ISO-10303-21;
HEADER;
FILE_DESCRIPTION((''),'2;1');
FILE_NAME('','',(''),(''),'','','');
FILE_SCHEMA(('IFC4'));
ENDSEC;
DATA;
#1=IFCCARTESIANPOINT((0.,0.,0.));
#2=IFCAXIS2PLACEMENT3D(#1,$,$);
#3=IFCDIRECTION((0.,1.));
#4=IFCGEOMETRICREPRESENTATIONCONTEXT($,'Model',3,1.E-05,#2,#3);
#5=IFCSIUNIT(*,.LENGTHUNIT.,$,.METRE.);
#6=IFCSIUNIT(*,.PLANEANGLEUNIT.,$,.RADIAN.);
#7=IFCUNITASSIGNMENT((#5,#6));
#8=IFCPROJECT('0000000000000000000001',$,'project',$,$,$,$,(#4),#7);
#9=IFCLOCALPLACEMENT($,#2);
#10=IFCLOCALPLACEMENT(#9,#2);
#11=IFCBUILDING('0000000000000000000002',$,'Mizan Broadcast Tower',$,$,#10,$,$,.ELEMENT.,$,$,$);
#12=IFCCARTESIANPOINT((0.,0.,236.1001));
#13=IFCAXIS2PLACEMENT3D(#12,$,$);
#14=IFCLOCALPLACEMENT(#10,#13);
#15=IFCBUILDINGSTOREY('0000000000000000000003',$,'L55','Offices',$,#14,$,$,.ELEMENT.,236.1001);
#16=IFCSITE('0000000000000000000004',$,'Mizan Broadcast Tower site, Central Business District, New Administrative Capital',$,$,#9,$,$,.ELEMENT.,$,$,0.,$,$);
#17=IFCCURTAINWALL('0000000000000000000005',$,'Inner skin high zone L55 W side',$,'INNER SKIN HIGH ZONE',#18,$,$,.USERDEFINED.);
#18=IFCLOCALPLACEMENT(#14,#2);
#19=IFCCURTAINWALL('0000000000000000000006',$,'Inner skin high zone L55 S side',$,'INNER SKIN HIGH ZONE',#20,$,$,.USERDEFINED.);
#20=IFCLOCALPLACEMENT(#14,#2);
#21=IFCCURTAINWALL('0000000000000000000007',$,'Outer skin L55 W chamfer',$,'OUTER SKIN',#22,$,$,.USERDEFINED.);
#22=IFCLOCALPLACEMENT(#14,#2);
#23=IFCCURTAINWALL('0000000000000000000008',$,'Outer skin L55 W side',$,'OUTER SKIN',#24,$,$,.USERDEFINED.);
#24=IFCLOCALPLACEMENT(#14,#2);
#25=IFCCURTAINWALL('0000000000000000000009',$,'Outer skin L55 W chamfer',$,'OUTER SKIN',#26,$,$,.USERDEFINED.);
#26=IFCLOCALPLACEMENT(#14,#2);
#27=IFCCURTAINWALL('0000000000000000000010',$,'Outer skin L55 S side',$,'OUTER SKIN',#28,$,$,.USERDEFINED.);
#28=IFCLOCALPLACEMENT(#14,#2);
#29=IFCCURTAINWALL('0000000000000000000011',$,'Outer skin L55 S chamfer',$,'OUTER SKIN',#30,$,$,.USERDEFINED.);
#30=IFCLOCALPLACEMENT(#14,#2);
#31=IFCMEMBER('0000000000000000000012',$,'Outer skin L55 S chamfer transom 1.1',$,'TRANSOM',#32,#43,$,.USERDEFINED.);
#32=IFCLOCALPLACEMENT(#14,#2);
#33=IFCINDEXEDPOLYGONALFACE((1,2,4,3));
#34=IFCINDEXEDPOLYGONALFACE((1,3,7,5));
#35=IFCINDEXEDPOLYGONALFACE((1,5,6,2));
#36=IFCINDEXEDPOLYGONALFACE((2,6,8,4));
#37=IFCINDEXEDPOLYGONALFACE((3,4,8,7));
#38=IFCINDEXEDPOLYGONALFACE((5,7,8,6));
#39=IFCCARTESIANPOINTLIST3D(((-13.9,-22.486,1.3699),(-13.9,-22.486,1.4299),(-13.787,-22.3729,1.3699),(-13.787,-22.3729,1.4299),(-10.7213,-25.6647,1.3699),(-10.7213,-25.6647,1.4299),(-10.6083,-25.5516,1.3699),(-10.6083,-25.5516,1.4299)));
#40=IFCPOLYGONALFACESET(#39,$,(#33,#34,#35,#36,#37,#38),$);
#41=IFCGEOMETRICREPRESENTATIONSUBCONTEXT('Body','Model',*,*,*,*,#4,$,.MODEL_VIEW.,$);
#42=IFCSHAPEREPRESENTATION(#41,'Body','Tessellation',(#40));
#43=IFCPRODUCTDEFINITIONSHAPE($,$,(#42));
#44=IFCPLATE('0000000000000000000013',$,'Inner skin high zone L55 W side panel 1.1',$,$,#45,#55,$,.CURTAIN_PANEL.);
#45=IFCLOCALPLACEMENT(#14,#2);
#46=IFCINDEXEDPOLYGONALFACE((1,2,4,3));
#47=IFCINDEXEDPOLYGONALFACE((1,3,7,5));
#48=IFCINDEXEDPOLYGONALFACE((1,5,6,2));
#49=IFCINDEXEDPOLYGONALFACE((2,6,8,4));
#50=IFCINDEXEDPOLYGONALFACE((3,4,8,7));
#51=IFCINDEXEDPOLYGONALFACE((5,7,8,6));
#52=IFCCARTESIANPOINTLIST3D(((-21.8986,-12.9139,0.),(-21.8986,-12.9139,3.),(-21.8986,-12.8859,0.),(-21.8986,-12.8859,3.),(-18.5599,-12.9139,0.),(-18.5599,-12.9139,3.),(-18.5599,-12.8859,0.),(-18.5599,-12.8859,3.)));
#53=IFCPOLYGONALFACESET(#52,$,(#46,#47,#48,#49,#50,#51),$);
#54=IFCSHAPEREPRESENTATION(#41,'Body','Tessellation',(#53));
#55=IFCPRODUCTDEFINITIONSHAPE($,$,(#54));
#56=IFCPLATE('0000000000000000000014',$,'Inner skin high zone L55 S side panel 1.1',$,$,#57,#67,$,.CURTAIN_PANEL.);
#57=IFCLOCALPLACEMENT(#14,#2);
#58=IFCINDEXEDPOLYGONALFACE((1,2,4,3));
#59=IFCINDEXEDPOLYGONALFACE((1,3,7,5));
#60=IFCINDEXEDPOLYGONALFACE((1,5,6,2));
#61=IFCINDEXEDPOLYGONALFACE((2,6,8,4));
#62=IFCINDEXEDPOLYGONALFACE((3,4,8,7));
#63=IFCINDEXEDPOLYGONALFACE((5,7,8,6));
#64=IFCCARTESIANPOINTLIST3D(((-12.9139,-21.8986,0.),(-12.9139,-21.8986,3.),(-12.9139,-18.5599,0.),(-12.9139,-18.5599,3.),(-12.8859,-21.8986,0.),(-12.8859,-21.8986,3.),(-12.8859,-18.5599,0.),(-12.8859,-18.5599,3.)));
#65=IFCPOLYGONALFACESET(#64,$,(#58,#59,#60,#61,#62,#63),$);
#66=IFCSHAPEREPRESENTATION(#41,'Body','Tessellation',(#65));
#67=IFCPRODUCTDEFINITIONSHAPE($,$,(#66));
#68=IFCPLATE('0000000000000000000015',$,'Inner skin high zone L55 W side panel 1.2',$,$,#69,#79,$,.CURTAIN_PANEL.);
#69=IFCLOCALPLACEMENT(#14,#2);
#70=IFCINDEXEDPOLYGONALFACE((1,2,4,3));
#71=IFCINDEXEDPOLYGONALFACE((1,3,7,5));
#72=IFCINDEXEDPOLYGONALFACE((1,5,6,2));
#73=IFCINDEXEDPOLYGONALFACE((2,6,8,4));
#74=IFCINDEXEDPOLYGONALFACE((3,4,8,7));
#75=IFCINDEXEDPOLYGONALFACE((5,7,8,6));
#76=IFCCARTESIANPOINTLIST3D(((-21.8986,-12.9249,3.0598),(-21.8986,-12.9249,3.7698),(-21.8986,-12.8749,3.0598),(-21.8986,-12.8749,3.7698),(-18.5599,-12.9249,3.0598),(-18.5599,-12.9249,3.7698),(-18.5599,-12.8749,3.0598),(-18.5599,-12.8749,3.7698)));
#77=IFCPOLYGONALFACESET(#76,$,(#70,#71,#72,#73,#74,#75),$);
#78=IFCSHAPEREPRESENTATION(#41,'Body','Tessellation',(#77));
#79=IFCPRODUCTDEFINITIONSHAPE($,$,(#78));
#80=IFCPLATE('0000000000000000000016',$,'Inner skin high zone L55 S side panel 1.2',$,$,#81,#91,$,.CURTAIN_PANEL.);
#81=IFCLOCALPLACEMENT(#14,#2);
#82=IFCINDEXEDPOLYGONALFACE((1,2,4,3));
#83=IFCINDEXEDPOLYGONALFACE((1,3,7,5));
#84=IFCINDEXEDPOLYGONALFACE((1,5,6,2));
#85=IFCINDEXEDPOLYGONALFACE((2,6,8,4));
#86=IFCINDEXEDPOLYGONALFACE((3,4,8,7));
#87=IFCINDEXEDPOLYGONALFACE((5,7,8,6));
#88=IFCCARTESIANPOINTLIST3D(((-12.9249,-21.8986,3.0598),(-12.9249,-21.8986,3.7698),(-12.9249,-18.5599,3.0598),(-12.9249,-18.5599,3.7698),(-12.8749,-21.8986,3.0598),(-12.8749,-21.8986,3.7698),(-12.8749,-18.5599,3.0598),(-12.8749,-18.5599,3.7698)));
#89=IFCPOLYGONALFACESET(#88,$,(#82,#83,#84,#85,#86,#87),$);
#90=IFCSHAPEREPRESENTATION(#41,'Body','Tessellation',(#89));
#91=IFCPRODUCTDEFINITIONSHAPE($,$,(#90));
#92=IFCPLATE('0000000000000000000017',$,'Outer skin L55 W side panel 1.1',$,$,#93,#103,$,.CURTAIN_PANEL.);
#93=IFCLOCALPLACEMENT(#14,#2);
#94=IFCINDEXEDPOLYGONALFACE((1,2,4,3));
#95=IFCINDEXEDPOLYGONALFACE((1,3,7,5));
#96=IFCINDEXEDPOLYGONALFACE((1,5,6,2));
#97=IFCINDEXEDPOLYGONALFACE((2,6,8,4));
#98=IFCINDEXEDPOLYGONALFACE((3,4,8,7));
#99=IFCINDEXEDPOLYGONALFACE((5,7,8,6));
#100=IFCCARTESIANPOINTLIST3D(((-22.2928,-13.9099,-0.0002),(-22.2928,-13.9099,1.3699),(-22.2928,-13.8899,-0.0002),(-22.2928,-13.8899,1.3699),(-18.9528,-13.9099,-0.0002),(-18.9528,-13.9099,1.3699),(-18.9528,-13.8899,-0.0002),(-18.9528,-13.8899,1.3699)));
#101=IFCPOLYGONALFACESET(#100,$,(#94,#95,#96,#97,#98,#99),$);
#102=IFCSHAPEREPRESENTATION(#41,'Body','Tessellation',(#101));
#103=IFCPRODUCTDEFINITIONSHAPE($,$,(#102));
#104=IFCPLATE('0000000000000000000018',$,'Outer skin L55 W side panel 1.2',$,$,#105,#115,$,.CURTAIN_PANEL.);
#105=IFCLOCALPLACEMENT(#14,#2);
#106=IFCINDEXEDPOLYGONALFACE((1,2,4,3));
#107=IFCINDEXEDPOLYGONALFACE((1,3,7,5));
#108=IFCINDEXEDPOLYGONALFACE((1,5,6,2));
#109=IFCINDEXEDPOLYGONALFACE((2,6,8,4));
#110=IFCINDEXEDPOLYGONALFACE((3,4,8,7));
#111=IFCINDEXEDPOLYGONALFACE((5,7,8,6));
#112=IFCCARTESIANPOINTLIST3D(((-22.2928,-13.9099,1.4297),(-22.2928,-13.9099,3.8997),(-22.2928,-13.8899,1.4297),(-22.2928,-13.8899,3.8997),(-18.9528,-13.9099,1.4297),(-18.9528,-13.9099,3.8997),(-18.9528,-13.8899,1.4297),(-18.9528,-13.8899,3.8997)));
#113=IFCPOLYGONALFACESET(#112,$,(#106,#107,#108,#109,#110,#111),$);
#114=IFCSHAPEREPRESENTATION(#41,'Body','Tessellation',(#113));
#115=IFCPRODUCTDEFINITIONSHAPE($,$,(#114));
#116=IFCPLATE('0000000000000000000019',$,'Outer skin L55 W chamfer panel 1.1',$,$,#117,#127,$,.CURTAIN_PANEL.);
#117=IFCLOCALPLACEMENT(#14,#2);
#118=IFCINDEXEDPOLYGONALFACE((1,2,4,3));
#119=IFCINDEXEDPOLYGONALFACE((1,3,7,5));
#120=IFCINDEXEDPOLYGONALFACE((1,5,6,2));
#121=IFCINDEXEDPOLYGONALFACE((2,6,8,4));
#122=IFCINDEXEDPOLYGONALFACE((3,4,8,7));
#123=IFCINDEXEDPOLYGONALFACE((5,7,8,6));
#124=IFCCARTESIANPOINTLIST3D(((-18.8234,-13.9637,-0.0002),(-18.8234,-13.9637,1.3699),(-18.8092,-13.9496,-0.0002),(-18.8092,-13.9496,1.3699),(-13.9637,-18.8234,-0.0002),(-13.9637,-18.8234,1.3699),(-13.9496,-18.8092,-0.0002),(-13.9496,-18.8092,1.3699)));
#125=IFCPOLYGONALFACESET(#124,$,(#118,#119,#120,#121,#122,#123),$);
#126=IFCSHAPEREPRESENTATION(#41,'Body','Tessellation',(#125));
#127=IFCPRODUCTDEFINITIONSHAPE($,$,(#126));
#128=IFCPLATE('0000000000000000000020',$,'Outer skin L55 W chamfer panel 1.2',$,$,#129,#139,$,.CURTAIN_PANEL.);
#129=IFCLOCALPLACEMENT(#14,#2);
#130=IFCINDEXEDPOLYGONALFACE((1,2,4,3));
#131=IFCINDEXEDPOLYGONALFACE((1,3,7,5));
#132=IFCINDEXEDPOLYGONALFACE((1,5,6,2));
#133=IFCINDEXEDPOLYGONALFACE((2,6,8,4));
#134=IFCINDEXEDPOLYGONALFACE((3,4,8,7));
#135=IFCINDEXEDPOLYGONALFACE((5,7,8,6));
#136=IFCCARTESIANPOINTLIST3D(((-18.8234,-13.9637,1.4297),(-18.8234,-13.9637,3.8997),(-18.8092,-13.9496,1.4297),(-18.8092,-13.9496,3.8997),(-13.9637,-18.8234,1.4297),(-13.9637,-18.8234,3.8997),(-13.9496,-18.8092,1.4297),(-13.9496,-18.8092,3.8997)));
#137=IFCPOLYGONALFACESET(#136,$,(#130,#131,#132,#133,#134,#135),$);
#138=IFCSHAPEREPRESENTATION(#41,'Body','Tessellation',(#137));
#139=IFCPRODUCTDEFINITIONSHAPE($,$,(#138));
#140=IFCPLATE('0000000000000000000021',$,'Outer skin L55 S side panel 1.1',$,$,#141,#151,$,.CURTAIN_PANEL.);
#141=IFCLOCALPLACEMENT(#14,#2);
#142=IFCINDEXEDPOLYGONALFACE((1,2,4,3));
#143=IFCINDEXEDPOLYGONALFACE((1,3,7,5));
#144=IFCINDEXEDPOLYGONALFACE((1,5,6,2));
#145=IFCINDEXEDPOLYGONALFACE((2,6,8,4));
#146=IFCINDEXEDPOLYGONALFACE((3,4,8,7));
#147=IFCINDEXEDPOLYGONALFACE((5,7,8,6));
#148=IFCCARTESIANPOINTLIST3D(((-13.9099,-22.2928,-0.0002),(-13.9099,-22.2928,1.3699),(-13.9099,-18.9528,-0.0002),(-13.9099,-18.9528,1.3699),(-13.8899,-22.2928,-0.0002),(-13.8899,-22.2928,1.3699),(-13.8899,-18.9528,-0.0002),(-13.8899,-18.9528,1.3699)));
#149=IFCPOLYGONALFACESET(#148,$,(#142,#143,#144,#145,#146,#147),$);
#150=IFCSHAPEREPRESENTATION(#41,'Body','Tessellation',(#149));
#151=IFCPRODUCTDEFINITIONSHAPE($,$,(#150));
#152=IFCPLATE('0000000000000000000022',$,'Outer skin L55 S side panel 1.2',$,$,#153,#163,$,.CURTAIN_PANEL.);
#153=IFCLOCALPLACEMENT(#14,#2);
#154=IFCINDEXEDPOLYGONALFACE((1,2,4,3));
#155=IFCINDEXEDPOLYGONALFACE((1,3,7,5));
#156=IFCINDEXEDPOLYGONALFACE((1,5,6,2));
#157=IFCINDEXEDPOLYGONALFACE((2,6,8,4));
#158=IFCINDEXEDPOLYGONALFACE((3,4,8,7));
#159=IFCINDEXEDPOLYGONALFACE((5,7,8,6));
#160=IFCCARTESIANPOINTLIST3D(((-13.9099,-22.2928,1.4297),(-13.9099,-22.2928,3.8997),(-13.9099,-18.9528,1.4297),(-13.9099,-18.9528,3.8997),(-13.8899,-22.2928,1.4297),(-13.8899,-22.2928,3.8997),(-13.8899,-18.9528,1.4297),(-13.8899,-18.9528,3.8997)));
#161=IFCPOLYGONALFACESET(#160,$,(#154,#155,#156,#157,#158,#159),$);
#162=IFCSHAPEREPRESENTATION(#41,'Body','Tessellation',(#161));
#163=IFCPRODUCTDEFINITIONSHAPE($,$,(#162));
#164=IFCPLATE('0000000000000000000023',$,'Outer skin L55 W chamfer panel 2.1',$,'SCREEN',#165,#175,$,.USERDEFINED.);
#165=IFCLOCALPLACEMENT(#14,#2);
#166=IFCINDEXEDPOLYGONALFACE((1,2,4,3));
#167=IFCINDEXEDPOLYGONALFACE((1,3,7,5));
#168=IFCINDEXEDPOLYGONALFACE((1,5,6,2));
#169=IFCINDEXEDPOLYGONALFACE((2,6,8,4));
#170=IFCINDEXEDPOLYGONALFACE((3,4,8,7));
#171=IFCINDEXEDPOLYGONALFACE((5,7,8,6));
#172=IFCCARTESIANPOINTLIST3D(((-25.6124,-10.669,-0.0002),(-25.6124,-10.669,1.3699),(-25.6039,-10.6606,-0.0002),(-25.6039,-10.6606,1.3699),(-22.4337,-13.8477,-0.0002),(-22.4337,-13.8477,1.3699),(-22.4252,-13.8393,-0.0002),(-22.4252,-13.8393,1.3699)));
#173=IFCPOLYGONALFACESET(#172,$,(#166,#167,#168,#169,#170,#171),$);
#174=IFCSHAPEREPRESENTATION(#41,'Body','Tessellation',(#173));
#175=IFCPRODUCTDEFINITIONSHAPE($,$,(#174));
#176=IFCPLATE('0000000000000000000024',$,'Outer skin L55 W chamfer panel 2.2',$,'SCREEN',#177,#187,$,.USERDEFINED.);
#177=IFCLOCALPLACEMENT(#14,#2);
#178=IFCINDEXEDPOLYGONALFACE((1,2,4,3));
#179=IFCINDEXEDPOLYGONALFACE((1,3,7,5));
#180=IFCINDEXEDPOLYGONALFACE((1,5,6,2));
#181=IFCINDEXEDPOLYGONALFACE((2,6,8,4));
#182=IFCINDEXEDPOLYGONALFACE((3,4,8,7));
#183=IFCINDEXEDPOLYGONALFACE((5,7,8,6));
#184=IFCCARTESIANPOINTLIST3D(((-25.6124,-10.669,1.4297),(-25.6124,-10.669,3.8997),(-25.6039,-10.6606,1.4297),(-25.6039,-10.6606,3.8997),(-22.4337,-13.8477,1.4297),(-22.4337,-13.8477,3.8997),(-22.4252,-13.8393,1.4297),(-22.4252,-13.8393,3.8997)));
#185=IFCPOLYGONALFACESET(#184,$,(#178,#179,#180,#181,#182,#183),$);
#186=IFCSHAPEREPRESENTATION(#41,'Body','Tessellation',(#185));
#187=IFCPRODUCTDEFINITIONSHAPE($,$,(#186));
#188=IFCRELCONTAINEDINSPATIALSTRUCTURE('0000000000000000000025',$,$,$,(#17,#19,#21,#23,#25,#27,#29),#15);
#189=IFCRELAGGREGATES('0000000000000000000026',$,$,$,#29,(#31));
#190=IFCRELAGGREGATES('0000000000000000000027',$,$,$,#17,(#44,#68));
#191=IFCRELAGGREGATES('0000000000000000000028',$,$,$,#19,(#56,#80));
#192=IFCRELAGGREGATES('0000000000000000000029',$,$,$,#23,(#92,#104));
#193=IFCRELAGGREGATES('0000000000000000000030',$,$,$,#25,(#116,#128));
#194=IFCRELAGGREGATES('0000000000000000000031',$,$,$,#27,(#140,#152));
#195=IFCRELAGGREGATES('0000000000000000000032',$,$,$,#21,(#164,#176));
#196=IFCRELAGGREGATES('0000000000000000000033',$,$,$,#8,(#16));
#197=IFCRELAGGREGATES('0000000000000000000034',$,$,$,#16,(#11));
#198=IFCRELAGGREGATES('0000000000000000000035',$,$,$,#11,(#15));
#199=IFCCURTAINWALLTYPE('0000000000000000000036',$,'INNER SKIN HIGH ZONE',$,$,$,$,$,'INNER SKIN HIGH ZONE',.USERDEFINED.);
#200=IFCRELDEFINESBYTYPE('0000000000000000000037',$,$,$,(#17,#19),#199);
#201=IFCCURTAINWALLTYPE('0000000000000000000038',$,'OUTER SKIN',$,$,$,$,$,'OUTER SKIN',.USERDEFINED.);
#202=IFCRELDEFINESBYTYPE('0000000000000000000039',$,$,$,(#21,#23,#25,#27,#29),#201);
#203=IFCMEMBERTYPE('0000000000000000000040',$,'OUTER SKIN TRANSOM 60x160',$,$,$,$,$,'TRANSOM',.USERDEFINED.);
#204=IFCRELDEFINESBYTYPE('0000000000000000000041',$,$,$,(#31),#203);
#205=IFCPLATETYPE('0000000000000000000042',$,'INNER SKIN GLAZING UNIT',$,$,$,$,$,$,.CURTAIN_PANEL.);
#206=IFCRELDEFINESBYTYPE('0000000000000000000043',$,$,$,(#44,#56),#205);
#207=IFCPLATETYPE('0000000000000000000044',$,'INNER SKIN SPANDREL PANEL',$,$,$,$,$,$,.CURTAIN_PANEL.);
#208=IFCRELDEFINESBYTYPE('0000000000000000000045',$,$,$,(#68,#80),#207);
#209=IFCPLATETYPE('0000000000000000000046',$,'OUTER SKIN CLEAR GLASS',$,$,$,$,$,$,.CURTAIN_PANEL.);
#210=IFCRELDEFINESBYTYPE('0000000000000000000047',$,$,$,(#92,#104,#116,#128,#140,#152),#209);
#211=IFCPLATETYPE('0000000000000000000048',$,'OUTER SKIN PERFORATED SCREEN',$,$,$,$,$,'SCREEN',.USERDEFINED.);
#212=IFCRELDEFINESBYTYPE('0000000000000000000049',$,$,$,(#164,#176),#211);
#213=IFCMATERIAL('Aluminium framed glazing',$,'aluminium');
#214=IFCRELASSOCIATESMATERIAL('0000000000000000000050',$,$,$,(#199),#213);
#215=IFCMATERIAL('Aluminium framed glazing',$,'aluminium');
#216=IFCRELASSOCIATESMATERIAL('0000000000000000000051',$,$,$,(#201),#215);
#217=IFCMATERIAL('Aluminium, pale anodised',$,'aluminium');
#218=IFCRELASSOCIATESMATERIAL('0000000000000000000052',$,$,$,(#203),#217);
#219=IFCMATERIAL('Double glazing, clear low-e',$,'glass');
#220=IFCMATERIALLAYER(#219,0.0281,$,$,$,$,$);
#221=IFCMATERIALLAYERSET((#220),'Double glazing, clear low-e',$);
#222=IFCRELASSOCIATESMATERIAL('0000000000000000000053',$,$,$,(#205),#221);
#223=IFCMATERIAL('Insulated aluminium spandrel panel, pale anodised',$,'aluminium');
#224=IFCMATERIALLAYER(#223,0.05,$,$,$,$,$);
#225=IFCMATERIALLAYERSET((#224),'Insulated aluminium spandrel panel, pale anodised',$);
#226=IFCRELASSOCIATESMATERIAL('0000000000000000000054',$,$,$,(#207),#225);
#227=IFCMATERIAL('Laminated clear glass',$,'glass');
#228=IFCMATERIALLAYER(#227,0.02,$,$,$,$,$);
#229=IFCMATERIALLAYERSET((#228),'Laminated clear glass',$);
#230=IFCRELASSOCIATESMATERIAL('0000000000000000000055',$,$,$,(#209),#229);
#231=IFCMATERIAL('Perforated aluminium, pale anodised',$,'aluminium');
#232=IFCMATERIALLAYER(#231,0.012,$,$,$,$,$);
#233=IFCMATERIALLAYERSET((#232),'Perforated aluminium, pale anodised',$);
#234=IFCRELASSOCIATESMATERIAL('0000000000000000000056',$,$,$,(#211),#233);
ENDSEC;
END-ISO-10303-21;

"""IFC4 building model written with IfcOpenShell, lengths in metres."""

from ifc_helpers import new_model, si_unit, direction, frame, origin, origin_2d, place, context, subcontext, project, spatial, rectangle, extrude, material, layer, layer_set, material_profile, profile_set, type_object, element, aggregate, save


model = new_model("IFC4")

# Units and contexts
model_context = context("Model", 3, precision=1e-05, world=origin(), true_north=direction((0.0, 1.0)))
body_context = subcontext(model_context, "Body", "Model", "MODEL_VIEW")
ifc_project = project(units=[si_unit("LENGTHUNIT", "METRE"), si_unit("PLANEANGLEUNIT", "RADIAN")], contexts=[model_context])

# Site, building, storey
site_placement = place(None, origin())
site = spatial("IfcSite", under=ifc_project, at=site_placement, Name="Mizan Broadcast Tower site, Central Business District, New Administrative Capital", CompositionType="ELEMENT", RefElevation=0.0)
building_placement = place(site_placement, origin())
building = spatial("IfcBuilding", under=site, at=building_placement, Name="Mizan Broadcast Tower", CompositionType="ELEMENT")
storey_placement = place(building_placement, frame((0.0, 0.0, 236.1001)))
storey = spatial("IfcBuildingStorey", under=building, at=storey_placement, Name="L55", Description="Offices", CompositionType="ELEMENT", Elevation=236.1001)

# Curtain walls
ifc_material_1 = material(Name="Aluminium framed glazing", Category="aluminium")
curtain_wall_type_1 = type_object("IfcCurtainWallType", Name="INNER SKIN HIGH ZONE", ElementType="INNER SKIN HIGH ZONE", PredefinedType="USERDEFINED", material=ifc_material_1)
curtain_wall_1_placement = place(storey_placement, origin())
curtain_wall_1 = element("IfcCurtainWall", 1, at=curtain_wall_1_placement, inside=storey, type_object=curtain_wall_type_1, Name="Inner skin high zone L55 W side", ObjectType="INNER SKIN HIGH ZONE", PredefinedType="USERDEFINED")
curtain_wall_2_placement = place(storey_placement, origin())
curtain_wall_2 = element("IfcCurtainWall", 2, at=curtain_wall_2_placement, inside=storey, type_object=curtain_wall_type_1, Name="Inner skin high zone L55 S side", ObjectType="INNER SKIN HIGH ZONE", PredefinedType="USERDEFINED")

# Curtain walls
ifc_material_2 = material(Name="Aluminium framed glazing", Category="aluminium")
curtain_wall_type_2 = type_object("IfcCurtainWallType", Name="OUTER SKIN", ElementType="OUTER SKIN", PredefinedType="USERDEFINED", material=ifc_material_2)
curtain_wall_3_placement = place(storey_placement, origin())
curtain_wall_3 = element("IfcCurtainWall", 3, at=curtain_wall_3_placement, inside=storey, type_object=curtain_wall_type_2, Name="Outer skin L55 W chamfer", ObjectType="OUTER SKIN", PredefinedType="USERDEFINED")
curtain_wall_4_placement = place(storey_placement, origin())
curtain_wall_4 = element("IfcCurtainWall", 4, at=curtain_wall_4_placement, inside=storey, type_object=curtain_wall_type_2, Name="Outer skin L55 W side", ObjectType="OUTER SKIN", PredefinedType="USERDEFINED")
curtain_wall_5_placement = place(storey_placement, origin())
curtain_wall_5 = element("IfcCurtainWall", 5, at=curtain_wall_5_placement, inside=storey, type_object=curtain_wall_type_2, Name="Outer skin L55 W chamfer", ObjectType="OUTER SKIN", PredefinedType="USERDEFINED")
curtain_wall_6_placement = place(storey_placement, origin())
curtain_wall_6 = element("IfcCurtainWall", 6, at=curtain_wall_6_placement, inside=storey, type_object=curtain_wall_type_2, Name="Outer skin L55 S side", ObjectType="OUTER SKIN", PredefinedType="USERDEFINED")

# Shared definitions
ifc_material_3 = material(Name="Aluminium, pale anodised", Category="aluminium")
ifc_material_profile_1 = material_profile(ifc_material_3, rectangle(XDim=0.1599, YDim=0.0601, at=origin_2d()), Name="TRANSOM 160x60")
ifc_profile_set_1 = profile_set([ifc_material_profile_1], Name="Aluminium, pale anodised")
member_type_1 = type_object("IfcMemberType", Name="OUTER SKIN TRANSOM 60x160", ElementType="TRANSOM", PredefinedType="USERDEFINED", material=ifc_profile_set_1)

# Curtain wall, member
curtain_wall_7_placement = place(storey_placement, origin())
curtain_wall_7 = element("IfcCurtainWall", 7, at=curtain_wall_7_placement, inside=storey, type_object=curtain_wall_type_2, Name="Outer skin L55 S chamfer", ObjectType="OUTER SKIN", PredefinedType="USERDEFINED")
member_1_placement = place(storey_placement, frame((-13.8435, -22.4294, 1.3999), z_axis=(0.707107, -0.707107, 0.0), x_axis=(0.707107, 0.707107, 0.0)))
member_1 = element("IfcMember", 8, at=member_1_placement, type_object=member_type_1, Name="Outer skin L55 S chamfer transom 1.1", ObjectType="TRANSOM", PredefinedType="USERDEFINED", context=body_context, shape_type="SweptSolid", body=[
    extrude(rectangle(XDim=0.1599, YDim=0.0601, at=origin_2d()), origin(), (0.0, 0.0, 1.0), 4.4954),
])
aggregate(curtain_wall_7, [member_1])

# Plates
ifc_material_4 = material(Name="Double glazing, clear low-e", Category="glass")
ifc_layer_1 = layer(ifc_material_4, 0.0281)
ifc_layer_set_1 = layer_set([ifc_layer_1], Name="Double glazing, clear low-e")
plate_type_1 = type_object("IfcPlateType", Name="INNER SKIN GLAZING UNIT", PredefinedType="CURTAIN_PANEL", material=ifc_layer_set_1)
plate_1_placement = place(storey_placement, frame((-20.2292, -12.8999, 0.0), z_axis=(0.0, 0.0, 1.0), x_axis=(1.0, 0.0, 0.0)))
plate_1 = element("IfcPlate", 9, at=plate_1_placement, type_object=plate_type_1, Name="Inner skin high zone L55 W side panel 1.1", PredefinedType="CURTAIN_PANEL", context=body_context, shape_type="SweptSolid", body=[
    extrude(rectangle(XDim=3.3386, YDim=0.0281, at=origin_2d()), origin(), (0.0, 0.0, 1.0), 3.0),
])
plate_2_placement = place(storey_placement, frame((-12.8999, -20.2292, 0.0), z_axis=(0.0, 0.0, 1.0), x_axis=(0.0, -1.0, 0.0)))
plate_2 = element("IfcPlate", 10, at=plate_2_placement, type_object=plate_type_1, Name="Inner skin high zone L55 S side panel 1.1", PredefinedType="CURTAIN_PANEL", context=body_context, shape_type="SweptSolid", body=[
    extrude(rectangle(XDim=3.3386, YDim=0.0281, at=origin_2d()), origin(), (0.0, 0.0, 1.0), 3.0),
])
ifc_material_5 = material(Name="Insulated aluminium spandrel panel, pale anodised", Category="aluminium")
ifc_layer_2 = layer(ifc_material_5, 0.05)
ifc_layer_set_2 = layer_set([ifc_layer_2], Name="Insulated aluminium spandrel panel, pale anodised")
plate_type_2 = type_object("IfcPlateType", Name="INNER SKIN SPANDREL PANEL", PredefinedType="CURTAIN_PANEL", material=ifc_layer_set_2)
plate_3_placement = place(storey_placement, frame((-20.2292, -12.8999, 3.0598), z_axis=(0.0, 0.0, 1.0), x_axis=(1.0, 0.0, 0.0)))
plate_3 = element("IfcPlate", 11, at=plate_3_placement, type_object=plate_type_2, Name="Inner skin high zone L55 W side panel 1.2", PredefinedType="CURTAIN_PANEL", context=body_context, shape_type="SweptSolid", body=[
    extrude(rectangle(XDim=3.3386, YDim=0.05, at=origin_2d()), origin(), (0.0, 0.0, 1.0), 0.71),
])
aggregate(curtain_wall_1, [plate_1, plate_3])
plate_4_placement = place(storey_placement, frame((-12.8999, -20.2292, 3.0598), z_axis=(0.0, 0.0, 1.0), x_axis=(0.0, -1.0, 0.0)))
plate_4 = element("IfcPlate", 12, at=plate_4_placement, type_object=plate_type_2, Name="Inner skin high zone L55 S side panel 1.2", PredefinedType="CURTAIN_PANEL", context=body_context, shape_type="SweptSolid", body=[
    extrude(rectangle(XDim=3.3386, YDim=0.05, at=origin_2d()), origin(), (0.0, 0.0, 1.0), 0.71),
])
aggregate(curtain_wall_2, [plate_2, plate_4])
ifc_material_6 = material(Name="Laminated clear glass", Category="glass")
ifc_layer_3 = layer(ifc_material_6, 0.02)
ifc_layer_set_3 = layer_set([ifc_layer_3], Name="Laminated clear glass")
plate_type_3 = type_object("IfcPlateType", Name="OUTER SKIN CLEAR GLASS", PredefinedType="CURTAIN_PANEL", material=ifc_layer_set_3)
plate_5_placement = place(storey_placement, frame((-20.6228, -13.8999, -0.0002), z_axis=(0.0, 0.0, 1.0), x_axis=(1.0, 0.0, 0.0)))
plate_5 = element("IfcPlate", 13, at=plate_5_placement, type_object=plate_type_3, Name="Outer skin L55 W side panel 1.1", PredefinedType="CURTAIN_PANEL", context=body_context, shape_type="SweptSolid", body=[
    extrude(rectangle(XDim=3.3401, YDim=0.02, at=origin_2d()), origin(), (0.0, 0.0, 1.0), 1.3701),
])
plate_6_placement = place(storey_placement, frame((-20.6228, -13.8999, 1.4297), z_axis=(0.0, 0.0, 1.0), x_axis=(1.0, 0.0, 0.0)))
plate_6 = element("IfcPlate", 14, at=plate_6_placement, type_object=plate_type_3, Name="Outer skin L55 W side panel 1.2", PredefinedType="CURTAIN_PANEL", context=body_context, shape_type="SweptSolid", body=[
    extrude(rectangle(XDim=3.3401, YDim=0.02, at=origin_2d()), origin(), (0.0, 0.0, 1.0), 2.47),
])
aggregate(curtain_wall_4, [plate_5, plate_6])
plate_7_placement = place(storey_placement, frame((-16.3865, -16.3865, -0.0002), z_axis=(0.0, 0.0, 1.0), x_axis=(0.707107, -0.707107, 0.0)))
plate_7 = element("IfcPlate", 15, at=plate_7_placement, type_object=plate_type_3, Name="Outer skin L55 W chamfer panel 1.1", PredefinedType="CURTAIN_PANEL", context=body_context, shape_type="SweptSolid", body=[
    extrude(rectangle(XDim=6.8726, YDim=0.02, at=origin_2d()), origin(), (0.0, 0.0, 1.0), 1.3701),
])
plate_8_placement = place(storey_placement, frame((-16.3865, -16.3865, 1.4297), z_axis=(0.0, 0.0, 1.0), x_axis=(0.707107, -0.707107, 0.0)))
plate_8 = element("IfcPlate", 16, at=plate_8_placement, type_object=plate_type_3, Name="Outer skin L55 W chamfer panel 1.2", PredefinedType="CURTAIN_PANEL", context=body_context, shape_type="SweptSolid", body=[
    extrude(rectangle(XDim=6.8726, YDim=0.02, at=origin_2d()), origin(), (0.0, 0.0, 1.0), 2.47),
])
aggregate(curtain_wall_5, [plate_7, plate_8])
plate_9_placement = place(storey_placement, frame((-13.8999, -20.6228, -0.0002), z_axis=(0.0, 0.0, 1.0), x_axis=(0.0, -1.0, 0.0)))
plate_9 = element("IfcPlate", 17, at=plate_9_placement, type_object=plate_type_3, Name="Outer skin L55 S side panel 1.1", PredefinedType="CURTAIN_PANEL", context=body_context, shape_type="SweptSolid", body=[
    extrude(rectangle(XDim=3.3401, YDim=0.02, at=origin_2d()), origin(), (0.0, 0.0, 1.0), 1.3701),
])
plate_10_placement = place(storey_placement, frame((-13.8999, -20.6228, 1.4297), z_axis=(0.0, 0.0, 1.0), x_axis=(0.0, -1.0, 0.0)))
plate_10 = element("IfcPlate", 18, at=plate_10_placement, type_object=plate_type_3, Name="Outer skin L55 S side panel 1.2", PredefinedType="CURTAIN_PANEL", context=body_context, shape_type="SweptSolid", body=[
    extrude(rectangle(XDim=3.3401, YDim=0.02, at=origin_2d()), origin(), (0.0, 0.0, 1.0), 2.47),
])
aggregate(curtain_wall_6, [plate_9, plate_10])
ifc_material_7 = material(Name="Perforated aluminium, pale anodised", Category="aluminium")
ifc_layer_4 = layer(ifc_material_7, 0.012)
ifc_layer_set_4 = layer_set([ifc_layer_4], Name="Perforated aluminium, pale anodised")
plate_type_4 = type_object("IfcPlateType", Name="OUTER SKIN PERFORATED SCREEN", ElementType="SCREEN", PredefinedType="USERDEFINED", material=ifc_layer_set_4)
plate_11_placement = place(storey_placement, frame((-24.0188, -12.2542, -0.0002), z_axis=(0.0, 0.0, 1.0), x_axis=(0.707107, -0.707107, 0.0)))
plate_11 = element("IfcPlate", 19, at=plate_11_placement, type_object=plate_type_4, Name="Outer skin L55 W chamfer panel 2.1", ObjectType="SCREEN", PredefinedType="USERDEFINED", context=body_context, shape_type="SweptSolid", body=[
    extrude(rectangle(XDim=4.4954, YDim=0.012, at=origin_2d()), origin(), (0.0, 0.0, 1.0), 1.3701),
])
plate_12_placement = place(storey_placement, frame((-24.0188, -12.2542, 1.4297), z_axis=(0.0, 0.0, 1.0), x_axis=(0.707107, -0.707107, 0.0)))
plate_12 = element("IfcPlate", 20, at=plate_12_placement, type_object=plate_type_4, Name="Outer skin L55 W chamfer panel 2.2", ObjectType="SCREEN", PredefinedType="USERDEFINED", context=body_context, shape_type="SweptSolid", body=[
    extrude(rectangle(XDim=4.4954, YDim=0.012, at=origin_2d()), origin(), (0.0, 0.0, 1.0), 2.47),
])
aggregate(curtain_wall_3, [plate_11, plate_12])

save(model, "model.ifc")
